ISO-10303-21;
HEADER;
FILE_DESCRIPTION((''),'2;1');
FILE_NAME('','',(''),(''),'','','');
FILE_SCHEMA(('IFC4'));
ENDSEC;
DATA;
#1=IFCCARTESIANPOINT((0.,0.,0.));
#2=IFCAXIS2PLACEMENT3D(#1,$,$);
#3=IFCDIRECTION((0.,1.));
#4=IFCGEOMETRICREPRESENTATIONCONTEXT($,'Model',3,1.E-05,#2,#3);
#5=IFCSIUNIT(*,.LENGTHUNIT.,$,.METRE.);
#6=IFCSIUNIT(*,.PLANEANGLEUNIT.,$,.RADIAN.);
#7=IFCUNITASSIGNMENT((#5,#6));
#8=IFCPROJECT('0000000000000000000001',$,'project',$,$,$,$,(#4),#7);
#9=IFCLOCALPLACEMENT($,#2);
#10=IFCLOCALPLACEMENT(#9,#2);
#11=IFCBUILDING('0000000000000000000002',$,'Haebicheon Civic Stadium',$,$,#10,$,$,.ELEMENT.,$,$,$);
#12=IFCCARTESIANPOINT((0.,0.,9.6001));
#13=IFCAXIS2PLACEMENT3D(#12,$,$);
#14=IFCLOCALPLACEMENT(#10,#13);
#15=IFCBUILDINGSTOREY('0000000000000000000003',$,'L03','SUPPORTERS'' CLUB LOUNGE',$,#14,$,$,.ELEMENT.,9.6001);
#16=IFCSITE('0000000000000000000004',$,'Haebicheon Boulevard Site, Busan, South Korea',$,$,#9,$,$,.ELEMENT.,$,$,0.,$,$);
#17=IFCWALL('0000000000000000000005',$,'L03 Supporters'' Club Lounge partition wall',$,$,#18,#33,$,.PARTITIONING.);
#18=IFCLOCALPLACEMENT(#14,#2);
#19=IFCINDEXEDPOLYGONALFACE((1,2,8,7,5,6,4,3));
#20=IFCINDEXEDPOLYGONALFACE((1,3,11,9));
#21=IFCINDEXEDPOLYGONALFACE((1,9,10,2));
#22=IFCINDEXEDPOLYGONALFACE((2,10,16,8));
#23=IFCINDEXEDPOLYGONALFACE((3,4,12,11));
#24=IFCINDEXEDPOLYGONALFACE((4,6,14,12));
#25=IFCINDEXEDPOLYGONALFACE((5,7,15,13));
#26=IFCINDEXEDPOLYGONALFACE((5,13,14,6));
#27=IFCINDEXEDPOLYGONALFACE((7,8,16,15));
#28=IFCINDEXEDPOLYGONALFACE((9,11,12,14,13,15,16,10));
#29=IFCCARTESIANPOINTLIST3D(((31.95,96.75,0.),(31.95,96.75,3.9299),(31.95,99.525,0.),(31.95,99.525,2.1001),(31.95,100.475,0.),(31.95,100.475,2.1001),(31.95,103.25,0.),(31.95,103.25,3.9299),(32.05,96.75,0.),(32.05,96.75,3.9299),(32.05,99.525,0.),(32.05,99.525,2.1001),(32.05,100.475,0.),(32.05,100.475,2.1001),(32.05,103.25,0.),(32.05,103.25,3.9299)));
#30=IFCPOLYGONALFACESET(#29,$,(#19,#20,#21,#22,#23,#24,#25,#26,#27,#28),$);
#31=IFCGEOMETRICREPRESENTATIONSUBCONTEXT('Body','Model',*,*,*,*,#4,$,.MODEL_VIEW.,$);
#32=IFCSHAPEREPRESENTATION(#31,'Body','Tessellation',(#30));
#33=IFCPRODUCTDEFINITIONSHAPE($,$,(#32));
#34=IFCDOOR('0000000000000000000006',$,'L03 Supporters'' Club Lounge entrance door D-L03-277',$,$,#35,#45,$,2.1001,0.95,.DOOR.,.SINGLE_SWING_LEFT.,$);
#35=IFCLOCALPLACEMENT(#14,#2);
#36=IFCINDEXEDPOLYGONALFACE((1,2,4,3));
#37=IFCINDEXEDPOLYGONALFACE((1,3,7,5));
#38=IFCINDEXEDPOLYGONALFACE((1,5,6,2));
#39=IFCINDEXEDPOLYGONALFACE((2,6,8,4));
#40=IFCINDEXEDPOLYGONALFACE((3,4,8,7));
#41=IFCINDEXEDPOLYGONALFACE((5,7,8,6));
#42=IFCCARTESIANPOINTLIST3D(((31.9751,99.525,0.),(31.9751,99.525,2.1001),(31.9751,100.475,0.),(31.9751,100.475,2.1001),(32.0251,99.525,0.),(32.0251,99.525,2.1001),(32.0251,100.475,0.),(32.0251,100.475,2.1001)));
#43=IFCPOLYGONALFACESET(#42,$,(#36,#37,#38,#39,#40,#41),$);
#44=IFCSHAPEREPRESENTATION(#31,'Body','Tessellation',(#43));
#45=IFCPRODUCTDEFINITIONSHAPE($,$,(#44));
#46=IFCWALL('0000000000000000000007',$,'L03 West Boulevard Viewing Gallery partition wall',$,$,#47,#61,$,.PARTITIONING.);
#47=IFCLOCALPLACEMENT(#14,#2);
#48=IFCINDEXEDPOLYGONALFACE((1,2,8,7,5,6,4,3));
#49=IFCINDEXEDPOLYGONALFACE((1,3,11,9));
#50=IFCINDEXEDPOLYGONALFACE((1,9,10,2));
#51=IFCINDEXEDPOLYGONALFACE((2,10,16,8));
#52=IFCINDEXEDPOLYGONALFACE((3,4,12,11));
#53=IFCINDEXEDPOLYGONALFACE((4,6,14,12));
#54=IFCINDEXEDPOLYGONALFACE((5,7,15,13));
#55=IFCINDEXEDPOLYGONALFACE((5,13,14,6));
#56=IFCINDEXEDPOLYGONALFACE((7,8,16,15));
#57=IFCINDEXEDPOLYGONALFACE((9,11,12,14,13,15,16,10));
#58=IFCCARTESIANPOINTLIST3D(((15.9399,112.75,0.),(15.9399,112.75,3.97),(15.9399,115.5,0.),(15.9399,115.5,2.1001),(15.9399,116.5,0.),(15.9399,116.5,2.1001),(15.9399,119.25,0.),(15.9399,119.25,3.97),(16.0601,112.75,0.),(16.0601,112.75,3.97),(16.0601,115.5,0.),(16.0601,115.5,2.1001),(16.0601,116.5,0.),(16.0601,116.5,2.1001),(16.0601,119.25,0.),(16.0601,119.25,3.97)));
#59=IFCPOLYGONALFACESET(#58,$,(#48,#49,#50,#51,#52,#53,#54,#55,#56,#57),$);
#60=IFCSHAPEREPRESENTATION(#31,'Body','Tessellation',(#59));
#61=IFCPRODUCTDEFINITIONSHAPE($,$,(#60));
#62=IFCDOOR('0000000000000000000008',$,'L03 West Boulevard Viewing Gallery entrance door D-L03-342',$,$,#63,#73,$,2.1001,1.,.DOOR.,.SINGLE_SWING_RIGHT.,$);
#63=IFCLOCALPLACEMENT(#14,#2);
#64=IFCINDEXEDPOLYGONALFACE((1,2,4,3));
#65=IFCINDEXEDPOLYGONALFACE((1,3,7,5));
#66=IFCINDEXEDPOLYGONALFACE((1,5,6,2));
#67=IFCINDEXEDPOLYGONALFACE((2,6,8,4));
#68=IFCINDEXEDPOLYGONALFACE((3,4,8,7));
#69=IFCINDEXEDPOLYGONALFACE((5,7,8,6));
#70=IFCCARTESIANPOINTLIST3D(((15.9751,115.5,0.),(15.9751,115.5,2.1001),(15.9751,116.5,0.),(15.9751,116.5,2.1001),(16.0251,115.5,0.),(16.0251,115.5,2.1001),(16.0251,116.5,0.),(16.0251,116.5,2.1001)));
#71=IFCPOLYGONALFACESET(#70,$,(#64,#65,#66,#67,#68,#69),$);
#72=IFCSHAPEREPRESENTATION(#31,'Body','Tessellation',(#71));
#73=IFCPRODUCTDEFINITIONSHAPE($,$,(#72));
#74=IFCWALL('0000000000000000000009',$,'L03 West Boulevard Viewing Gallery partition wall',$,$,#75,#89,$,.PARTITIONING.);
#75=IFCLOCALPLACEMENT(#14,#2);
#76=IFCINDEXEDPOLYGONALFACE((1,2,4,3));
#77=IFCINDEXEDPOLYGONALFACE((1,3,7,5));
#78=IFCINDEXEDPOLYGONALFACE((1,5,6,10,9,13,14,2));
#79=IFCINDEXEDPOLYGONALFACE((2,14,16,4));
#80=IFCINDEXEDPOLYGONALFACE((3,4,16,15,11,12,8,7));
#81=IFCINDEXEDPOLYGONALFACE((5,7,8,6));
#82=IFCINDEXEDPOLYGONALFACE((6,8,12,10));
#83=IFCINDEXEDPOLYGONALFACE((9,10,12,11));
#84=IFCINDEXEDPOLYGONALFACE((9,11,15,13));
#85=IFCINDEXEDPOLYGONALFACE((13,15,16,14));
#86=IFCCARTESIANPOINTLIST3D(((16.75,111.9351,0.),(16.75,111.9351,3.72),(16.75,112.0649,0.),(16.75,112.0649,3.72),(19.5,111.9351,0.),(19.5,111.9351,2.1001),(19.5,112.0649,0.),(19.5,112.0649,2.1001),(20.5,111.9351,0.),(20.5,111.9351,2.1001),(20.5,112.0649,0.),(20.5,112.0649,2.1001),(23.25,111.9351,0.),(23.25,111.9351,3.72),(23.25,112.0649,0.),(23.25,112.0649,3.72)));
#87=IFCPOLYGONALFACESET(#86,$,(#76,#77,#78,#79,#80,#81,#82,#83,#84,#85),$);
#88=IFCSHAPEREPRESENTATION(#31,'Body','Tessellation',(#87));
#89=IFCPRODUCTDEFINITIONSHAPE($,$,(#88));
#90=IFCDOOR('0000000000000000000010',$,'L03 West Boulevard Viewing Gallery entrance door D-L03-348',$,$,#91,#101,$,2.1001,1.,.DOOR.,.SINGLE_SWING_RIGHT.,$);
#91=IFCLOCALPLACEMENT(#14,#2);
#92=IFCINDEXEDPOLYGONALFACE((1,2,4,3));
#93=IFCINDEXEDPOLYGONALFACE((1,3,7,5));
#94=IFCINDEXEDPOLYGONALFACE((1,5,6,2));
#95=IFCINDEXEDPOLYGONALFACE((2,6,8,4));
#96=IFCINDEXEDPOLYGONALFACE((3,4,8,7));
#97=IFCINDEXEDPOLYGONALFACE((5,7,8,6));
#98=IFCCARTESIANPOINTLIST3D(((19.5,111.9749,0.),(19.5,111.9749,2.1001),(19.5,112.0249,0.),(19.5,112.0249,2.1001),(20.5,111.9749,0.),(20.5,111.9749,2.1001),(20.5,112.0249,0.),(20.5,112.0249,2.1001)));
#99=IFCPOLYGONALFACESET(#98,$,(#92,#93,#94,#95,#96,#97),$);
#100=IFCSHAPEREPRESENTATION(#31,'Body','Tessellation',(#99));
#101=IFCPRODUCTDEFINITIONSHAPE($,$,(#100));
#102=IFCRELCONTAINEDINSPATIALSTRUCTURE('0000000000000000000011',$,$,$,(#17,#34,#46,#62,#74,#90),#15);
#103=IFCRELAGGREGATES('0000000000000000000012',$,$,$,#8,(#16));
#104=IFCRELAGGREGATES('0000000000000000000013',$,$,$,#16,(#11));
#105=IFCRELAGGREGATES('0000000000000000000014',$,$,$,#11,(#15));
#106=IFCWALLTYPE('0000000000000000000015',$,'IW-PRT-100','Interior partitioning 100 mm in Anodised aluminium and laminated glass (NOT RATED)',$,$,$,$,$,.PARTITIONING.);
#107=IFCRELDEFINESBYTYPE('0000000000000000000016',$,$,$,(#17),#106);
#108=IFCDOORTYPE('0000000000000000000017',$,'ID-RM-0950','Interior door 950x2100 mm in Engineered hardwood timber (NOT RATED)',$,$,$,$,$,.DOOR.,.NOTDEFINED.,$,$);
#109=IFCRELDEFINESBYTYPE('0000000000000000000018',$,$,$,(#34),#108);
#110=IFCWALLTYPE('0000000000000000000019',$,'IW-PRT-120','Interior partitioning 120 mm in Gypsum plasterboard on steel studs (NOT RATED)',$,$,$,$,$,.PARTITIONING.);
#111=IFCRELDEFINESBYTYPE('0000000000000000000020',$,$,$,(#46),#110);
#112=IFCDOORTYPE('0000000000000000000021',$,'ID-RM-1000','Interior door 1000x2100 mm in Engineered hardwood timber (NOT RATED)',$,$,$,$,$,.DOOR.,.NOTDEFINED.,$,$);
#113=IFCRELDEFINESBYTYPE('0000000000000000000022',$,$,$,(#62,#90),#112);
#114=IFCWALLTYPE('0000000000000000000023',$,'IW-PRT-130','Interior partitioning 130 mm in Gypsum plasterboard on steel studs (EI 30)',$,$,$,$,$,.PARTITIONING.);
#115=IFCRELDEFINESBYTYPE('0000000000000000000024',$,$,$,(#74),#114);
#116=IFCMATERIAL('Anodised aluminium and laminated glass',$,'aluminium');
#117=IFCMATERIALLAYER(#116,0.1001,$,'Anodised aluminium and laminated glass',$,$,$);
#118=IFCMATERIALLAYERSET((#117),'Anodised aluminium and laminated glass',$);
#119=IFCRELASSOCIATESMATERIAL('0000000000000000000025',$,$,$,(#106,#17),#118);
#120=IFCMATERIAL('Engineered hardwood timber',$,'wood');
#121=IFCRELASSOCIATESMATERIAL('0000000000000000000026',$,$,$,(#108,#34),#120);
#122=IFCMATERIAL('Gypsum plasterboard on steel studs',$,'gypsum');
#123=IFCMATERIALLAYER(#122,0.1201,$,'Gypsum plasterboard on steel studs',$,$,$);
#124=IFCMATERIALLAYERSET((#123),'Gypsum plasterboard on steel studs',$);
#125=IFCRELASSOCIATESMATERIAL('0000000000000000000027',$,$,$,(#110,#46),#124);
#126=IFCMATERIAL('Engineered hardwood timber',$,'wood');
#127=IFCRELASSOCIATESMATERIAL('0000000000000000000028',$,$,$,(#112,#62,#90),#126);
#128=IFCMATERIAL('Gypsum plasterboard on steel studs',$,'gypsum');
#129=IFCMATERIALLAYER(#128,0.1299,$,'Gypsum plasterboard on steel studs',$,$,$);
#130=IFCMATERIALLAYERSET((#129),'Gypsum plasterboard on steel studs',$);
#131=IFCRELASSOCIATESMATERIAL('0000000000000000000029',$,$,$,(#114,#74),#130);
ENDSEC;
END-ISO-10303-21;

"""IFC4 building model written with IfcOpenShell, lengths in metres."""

from ifc_helpers import new_model, si_unit, direction, frame, frame_2d, origin, place, context, subcontext, project, spatial, rectangle, extrude, material, layer, layer_set, type_object, element, fill, save


model = new_model("IFC4")

# Units and contexts
model_context = context("Model", 3, precision=1e-05, world=origin(), true_north=direction((0.0, 1.0)))
body_context = subcontext(model_context, "Body", "Model", "MODEL_VIEW")
ifc_project = project(units=[si_unit("LENGTHUNIT", "METRE"), si_unit("PLANEANGLEUNIT", "RADIAN")], contexts=[model_context])

# Site, building, storey
site_placement = place(None, origin())
site = spatial("IfcSite", under=ifc_project, at=site_placement, Name="Haebicheon Boulevard Site, Busan, South Korea", CompositionType="ELEMENT", RefElevation=0.0)
building_placement = place(site_placement, origin())
building = spatial("IfcBuilding", under=site, at=building_placement, Name="Haebicheon Civic Stadium", CompositionType="ELEMENT")
storey_placement = place(building_placement, frame((0.0, 0.0, 9.6001)))
storey = spatial("IfcBuildingStorey", under=building, at=storey_placement, Name="L03", Description="SUPPORTERS' CLUB LOUNGE", CompositionType="ELEMENT", Elevation=9.6001)

# Walls, openings, doors
ifc_material_1 = material(Name="Anodised aluminium and laminated glass", Category="aluminium")
ifc_layer_1 = layer(ifc_material_1, 0.1001, Name="Anodised aluminium and laminated glass")
ifc_layer_set_1 = layer_set([ifc_layer_1], Name="Anodised aluminium and laminated glass")
wall_type_1 = type_object("IfcWallType", Name="IW-PRT-100", Description="Interior partitioning 100 mm in Anodised aluminium and laminated glass (NOT RATED)", PredefinedType="PARTITIONING", material=ifc_layer_set_1)
ifc_material_2 = material(Name="Engineered hardwood timber", Category="wood")
door_type_1 = type_object("IfcDoorType", Name="ID-RM-0950", Description="Interior door 950x2100 mm in Engineered hardwood timber (NOT RATED)", OperationType="NOTDEFINED", PredefinedType="DOOR", material=ifc_material_2)
wall_1_placement = place(storey_placement, frame((32.0, 96.75, 0.0), z_axis=(0.0, 0.0, 1.0), x_axis=(0.0, 1.0, 0.0)))
wall_1 = element("IfcWall", 1, at=wall_1_placement, inside=storey, type_object=wall_type_1, material=ifc_layer_set_1, Name="L03 Supporters' Club Lounge partition wall", PredefinedType="PARTITIONING", context=body_context, shape_type="SweptSolid", body=[
    extrude(rectangle(XDim=6.5, YDim=0.1001, at=frame_2d((3.25, 0.0))), origin(), (0.0, 0.0, 1.0), 3.9299),
])
opening_1_placement = place(wall_1_placement, frame((2.7749, 0.0, 0.0)))
opening_1 = element("IfcOpeningElement", 2, at=opening_1_placement, cuts=wall_1, PredefinedType="OPENING", context=body_context, shape_type="SweptSolid", body=[
    extrude(rectangle(XDim=0.95, YDim=2.1001, at=frame_2d((0.4751, 1.05))), frame((0.0, 0.0601, 0.0), z_axis=(0.0, -1.0, 0.0), x_axis=(1.0, 0.0, 0.0)), (0.0, 0.0, 1.0), 0.1201),
])
door_1_placement = place(opening_1_placement, origin())
door_1 = element("IfcDoor", 3, at=door_1_placement, inside=storey, type_object=door_type_1, material=ifc_material_2, Name="L03 Supporters' Club Lounge entrance door D-L03-277", OperationType="SINGLE_SWING_LEFT", OverallHeight=2.1001, OverallWidth=0.95, PredefinedType="DOOR", context=body_context, shape_type="SweptSolid", body=[
    extrude(rectangle(XDim=0.95, YDim=2.1001, at=frame_2d((0.4751, 1.05))), frame((0.0, 0.0249, 0.0), z_axis=(0.0, -1.0, 0.0), x_axis=(1.0, 0.0, 0.0)), (0.0, 0.0, 1.0), 0.05),
])
fill(opening_1, door_1)
ifc_material_3 = material(Name="Gypsum plasterboard on steel studs", Category="gypsum")
ifc_layer_2 = layer(ifc_material_3, 0.1201, Name="Gypsum plasterboard on steel studs")
ifc_layer_set_2 = layer_set([ifc_layer_2], Name="Gypsum plasterboard on steel studs")
wall_type_2 = type_object("IfcWallType", Name="IW-PRT-120", Description="Interior partitioning 120 mm in Gypsum plasterboard on steel studs (NOT RATED)", PredefinedType="PARTITIONING", material=ifc_layer_set_2)
wall_2_placement = place(storey_placement, frame((16.0, 112.75, 0.0), z_axis=(0.0, 0.0, 1.0), x_axis=(0.0, 1.0, 0.0)))
wall_2 = element("IfcWall", 4, at=wall_2_placement, inside=storey, type_object=wall_type_2, material=ifc_layer_set_2, Name="L03 West Boulevard Viewing Gallery partition wall", PredefinedType="PARTITIONING", context=body_context, shape_type="SweptSolid", body=[
    extrude(rectangle(XDim=6.5, YDim=0.1201, at=frame_2d((3.25, 0.0))), origin(), (0.0, 0.0, 1.0), 3.97),
])
opening_2_placement = place(wall_2_placement, frame((2.75, 0.0, 0.0)))
opening_2 = element("IfcOpeningElement", 5, at=opening_2_placement, cuts=wall_2, PredefinedType="OPENING", context=body_context, shape_type="SweptSolid", body=[
    extrude(rectangle(XDim=1.0, YDim=2.1001, at=frame_2d((0.5, 1.05))), frame((0.0, 0.0701, 0.0), z_axis=(0.0, -1.0, 0.0), x_axis=(1.0, 0.0, 0.0)), (0.0, 0.0, 1.0), 0.1401),
])
ifc_material_4 = material(Name="Engineered hardwood timber", Category="wood")
door_type_2 = type_object("IfcDoorType", Name="ID-RM-1000", Description="Interior door 1000x2100 mm in Engineered hardwood timber (NOT RATED)", OperationType="NOTDEFINED", PredefinedType="DOOR", material=ifc_material_4)
door_2_placement = place(opening_2_placement, origin())
door_2 = element("IfcDoor", 6, at=door_2_placement, inside=storey, type_object=door_type_2, material=ifc_material_4, Name="L03 West Boulevard Viewing Gallery entrance door D-L03-342", OperationType="SINGLE_SWING_RIGHT", OverallHeight=2.1001, OverallWidth=1.0, PredefinedType="DOOR", context=body_context, shape_type="SweptSolid", body=[
    extrude(rectangle(XDim=1.0, YDim=2.1001, at=frame_2d((0.5, 1.05))), frame((0.0, 0.0249, 0.0), z_axis=(0.0, -1.0, 0.0), x_axis=(1.0, 0.0, 0.0)), (0.0, 0.0, 1.0), 0.05),
])
fill(opening_2, door_2)
ifc_material_5 = material(Name="Gypsum plasterboard on steel studs", Category="gypsum")
ifc_layer_3 = layer(ifc_material_5, 0.1299, Name="Gypsum plasterboard on steel studs")
ifc_layer_set_3 = layer_set([ifc_layer_3], Name="Gypsum plasterboard on steel studs")
wall_type_3 = type_object("IfcWallType", Name="IW-PRT-130", Description="Interior partitioning 130 mm in Gypsum plasterboard on steel studs (EI 30)", PredefinedType="PARTITIONING", material=ifc_layer_set_3)
wall_3_placement = place(storey_placement, frame((16.75, 112.0, 0.0), z_axis=(0.0, 0.0, 1.0), x_axis=(1.0, 0.0, 0.0)))
wall_3 = element("IfcWall", 7, at=wall_3_placement, inside=storey, type_object=wall_type_3, material=ifc_layer_set_3, Name="L03 West Boulevard Viewing Gallery partition wall", PredefinedType="PARTITIONING", context=body_context, shape_type="SweptSolid", body=[
    extrude(rectangle(XDim=6.5, YDim=0.1299, at=frame_2d((3.25, 0.0))), origin(), (0.0, 0.0, 1.0), 3.72),
])
opening_3_placement = place(wall_3_placement, frame((2.75, 0.0, 0.0)))
opening_3 = element("IfcOpeningElement", 8, at=opening_3_placement, cuts=wall_3, PredefinedType="OPENING", context=body_context, shape_type="SweptSolid", body=[
    extrude(rectangle(XDim=1.0, YDim=2.1001, at=frame_2d((0.5, 1.05))), frame((0.0, 0.075, 0.0), z_axis=(0.0, -1.0, 0.0), x_axis=(1.0, 0.0, 0.0)), (0.0, 0.0, 1.0), 0.1499),
])
door_3_placement = place(opening_3_placement, origin())
door_3 = element("IfcDoor", 9, at=door_3_placement, inside=storey, type_object=door_type_2, material=ifc_material_4, Name="L03 West Boulevard Viewing Gallery entrance door D-L03-348", OperationType="SINGLE_SWING_RIGHT", OverallHeight=2.1001, OverallWidth=1.0, PredefinedType="DOOR", context=body_context, shape_type="SweptSolid", body=[
    extrude(rectangle(XDim=1.0, YDim=2.1001, at=frame_2d((0.5, 1.05))), frame((0.0, 0.0249, 0.0), z_axis=(0.0, -1.0, 0.0), x_axis=(1.0, 0.0, 0.0)), (0.0, 0.0, 1.0), 0.05),
])
fill(opening_3, door_3)

save(model, "model.ifc")
